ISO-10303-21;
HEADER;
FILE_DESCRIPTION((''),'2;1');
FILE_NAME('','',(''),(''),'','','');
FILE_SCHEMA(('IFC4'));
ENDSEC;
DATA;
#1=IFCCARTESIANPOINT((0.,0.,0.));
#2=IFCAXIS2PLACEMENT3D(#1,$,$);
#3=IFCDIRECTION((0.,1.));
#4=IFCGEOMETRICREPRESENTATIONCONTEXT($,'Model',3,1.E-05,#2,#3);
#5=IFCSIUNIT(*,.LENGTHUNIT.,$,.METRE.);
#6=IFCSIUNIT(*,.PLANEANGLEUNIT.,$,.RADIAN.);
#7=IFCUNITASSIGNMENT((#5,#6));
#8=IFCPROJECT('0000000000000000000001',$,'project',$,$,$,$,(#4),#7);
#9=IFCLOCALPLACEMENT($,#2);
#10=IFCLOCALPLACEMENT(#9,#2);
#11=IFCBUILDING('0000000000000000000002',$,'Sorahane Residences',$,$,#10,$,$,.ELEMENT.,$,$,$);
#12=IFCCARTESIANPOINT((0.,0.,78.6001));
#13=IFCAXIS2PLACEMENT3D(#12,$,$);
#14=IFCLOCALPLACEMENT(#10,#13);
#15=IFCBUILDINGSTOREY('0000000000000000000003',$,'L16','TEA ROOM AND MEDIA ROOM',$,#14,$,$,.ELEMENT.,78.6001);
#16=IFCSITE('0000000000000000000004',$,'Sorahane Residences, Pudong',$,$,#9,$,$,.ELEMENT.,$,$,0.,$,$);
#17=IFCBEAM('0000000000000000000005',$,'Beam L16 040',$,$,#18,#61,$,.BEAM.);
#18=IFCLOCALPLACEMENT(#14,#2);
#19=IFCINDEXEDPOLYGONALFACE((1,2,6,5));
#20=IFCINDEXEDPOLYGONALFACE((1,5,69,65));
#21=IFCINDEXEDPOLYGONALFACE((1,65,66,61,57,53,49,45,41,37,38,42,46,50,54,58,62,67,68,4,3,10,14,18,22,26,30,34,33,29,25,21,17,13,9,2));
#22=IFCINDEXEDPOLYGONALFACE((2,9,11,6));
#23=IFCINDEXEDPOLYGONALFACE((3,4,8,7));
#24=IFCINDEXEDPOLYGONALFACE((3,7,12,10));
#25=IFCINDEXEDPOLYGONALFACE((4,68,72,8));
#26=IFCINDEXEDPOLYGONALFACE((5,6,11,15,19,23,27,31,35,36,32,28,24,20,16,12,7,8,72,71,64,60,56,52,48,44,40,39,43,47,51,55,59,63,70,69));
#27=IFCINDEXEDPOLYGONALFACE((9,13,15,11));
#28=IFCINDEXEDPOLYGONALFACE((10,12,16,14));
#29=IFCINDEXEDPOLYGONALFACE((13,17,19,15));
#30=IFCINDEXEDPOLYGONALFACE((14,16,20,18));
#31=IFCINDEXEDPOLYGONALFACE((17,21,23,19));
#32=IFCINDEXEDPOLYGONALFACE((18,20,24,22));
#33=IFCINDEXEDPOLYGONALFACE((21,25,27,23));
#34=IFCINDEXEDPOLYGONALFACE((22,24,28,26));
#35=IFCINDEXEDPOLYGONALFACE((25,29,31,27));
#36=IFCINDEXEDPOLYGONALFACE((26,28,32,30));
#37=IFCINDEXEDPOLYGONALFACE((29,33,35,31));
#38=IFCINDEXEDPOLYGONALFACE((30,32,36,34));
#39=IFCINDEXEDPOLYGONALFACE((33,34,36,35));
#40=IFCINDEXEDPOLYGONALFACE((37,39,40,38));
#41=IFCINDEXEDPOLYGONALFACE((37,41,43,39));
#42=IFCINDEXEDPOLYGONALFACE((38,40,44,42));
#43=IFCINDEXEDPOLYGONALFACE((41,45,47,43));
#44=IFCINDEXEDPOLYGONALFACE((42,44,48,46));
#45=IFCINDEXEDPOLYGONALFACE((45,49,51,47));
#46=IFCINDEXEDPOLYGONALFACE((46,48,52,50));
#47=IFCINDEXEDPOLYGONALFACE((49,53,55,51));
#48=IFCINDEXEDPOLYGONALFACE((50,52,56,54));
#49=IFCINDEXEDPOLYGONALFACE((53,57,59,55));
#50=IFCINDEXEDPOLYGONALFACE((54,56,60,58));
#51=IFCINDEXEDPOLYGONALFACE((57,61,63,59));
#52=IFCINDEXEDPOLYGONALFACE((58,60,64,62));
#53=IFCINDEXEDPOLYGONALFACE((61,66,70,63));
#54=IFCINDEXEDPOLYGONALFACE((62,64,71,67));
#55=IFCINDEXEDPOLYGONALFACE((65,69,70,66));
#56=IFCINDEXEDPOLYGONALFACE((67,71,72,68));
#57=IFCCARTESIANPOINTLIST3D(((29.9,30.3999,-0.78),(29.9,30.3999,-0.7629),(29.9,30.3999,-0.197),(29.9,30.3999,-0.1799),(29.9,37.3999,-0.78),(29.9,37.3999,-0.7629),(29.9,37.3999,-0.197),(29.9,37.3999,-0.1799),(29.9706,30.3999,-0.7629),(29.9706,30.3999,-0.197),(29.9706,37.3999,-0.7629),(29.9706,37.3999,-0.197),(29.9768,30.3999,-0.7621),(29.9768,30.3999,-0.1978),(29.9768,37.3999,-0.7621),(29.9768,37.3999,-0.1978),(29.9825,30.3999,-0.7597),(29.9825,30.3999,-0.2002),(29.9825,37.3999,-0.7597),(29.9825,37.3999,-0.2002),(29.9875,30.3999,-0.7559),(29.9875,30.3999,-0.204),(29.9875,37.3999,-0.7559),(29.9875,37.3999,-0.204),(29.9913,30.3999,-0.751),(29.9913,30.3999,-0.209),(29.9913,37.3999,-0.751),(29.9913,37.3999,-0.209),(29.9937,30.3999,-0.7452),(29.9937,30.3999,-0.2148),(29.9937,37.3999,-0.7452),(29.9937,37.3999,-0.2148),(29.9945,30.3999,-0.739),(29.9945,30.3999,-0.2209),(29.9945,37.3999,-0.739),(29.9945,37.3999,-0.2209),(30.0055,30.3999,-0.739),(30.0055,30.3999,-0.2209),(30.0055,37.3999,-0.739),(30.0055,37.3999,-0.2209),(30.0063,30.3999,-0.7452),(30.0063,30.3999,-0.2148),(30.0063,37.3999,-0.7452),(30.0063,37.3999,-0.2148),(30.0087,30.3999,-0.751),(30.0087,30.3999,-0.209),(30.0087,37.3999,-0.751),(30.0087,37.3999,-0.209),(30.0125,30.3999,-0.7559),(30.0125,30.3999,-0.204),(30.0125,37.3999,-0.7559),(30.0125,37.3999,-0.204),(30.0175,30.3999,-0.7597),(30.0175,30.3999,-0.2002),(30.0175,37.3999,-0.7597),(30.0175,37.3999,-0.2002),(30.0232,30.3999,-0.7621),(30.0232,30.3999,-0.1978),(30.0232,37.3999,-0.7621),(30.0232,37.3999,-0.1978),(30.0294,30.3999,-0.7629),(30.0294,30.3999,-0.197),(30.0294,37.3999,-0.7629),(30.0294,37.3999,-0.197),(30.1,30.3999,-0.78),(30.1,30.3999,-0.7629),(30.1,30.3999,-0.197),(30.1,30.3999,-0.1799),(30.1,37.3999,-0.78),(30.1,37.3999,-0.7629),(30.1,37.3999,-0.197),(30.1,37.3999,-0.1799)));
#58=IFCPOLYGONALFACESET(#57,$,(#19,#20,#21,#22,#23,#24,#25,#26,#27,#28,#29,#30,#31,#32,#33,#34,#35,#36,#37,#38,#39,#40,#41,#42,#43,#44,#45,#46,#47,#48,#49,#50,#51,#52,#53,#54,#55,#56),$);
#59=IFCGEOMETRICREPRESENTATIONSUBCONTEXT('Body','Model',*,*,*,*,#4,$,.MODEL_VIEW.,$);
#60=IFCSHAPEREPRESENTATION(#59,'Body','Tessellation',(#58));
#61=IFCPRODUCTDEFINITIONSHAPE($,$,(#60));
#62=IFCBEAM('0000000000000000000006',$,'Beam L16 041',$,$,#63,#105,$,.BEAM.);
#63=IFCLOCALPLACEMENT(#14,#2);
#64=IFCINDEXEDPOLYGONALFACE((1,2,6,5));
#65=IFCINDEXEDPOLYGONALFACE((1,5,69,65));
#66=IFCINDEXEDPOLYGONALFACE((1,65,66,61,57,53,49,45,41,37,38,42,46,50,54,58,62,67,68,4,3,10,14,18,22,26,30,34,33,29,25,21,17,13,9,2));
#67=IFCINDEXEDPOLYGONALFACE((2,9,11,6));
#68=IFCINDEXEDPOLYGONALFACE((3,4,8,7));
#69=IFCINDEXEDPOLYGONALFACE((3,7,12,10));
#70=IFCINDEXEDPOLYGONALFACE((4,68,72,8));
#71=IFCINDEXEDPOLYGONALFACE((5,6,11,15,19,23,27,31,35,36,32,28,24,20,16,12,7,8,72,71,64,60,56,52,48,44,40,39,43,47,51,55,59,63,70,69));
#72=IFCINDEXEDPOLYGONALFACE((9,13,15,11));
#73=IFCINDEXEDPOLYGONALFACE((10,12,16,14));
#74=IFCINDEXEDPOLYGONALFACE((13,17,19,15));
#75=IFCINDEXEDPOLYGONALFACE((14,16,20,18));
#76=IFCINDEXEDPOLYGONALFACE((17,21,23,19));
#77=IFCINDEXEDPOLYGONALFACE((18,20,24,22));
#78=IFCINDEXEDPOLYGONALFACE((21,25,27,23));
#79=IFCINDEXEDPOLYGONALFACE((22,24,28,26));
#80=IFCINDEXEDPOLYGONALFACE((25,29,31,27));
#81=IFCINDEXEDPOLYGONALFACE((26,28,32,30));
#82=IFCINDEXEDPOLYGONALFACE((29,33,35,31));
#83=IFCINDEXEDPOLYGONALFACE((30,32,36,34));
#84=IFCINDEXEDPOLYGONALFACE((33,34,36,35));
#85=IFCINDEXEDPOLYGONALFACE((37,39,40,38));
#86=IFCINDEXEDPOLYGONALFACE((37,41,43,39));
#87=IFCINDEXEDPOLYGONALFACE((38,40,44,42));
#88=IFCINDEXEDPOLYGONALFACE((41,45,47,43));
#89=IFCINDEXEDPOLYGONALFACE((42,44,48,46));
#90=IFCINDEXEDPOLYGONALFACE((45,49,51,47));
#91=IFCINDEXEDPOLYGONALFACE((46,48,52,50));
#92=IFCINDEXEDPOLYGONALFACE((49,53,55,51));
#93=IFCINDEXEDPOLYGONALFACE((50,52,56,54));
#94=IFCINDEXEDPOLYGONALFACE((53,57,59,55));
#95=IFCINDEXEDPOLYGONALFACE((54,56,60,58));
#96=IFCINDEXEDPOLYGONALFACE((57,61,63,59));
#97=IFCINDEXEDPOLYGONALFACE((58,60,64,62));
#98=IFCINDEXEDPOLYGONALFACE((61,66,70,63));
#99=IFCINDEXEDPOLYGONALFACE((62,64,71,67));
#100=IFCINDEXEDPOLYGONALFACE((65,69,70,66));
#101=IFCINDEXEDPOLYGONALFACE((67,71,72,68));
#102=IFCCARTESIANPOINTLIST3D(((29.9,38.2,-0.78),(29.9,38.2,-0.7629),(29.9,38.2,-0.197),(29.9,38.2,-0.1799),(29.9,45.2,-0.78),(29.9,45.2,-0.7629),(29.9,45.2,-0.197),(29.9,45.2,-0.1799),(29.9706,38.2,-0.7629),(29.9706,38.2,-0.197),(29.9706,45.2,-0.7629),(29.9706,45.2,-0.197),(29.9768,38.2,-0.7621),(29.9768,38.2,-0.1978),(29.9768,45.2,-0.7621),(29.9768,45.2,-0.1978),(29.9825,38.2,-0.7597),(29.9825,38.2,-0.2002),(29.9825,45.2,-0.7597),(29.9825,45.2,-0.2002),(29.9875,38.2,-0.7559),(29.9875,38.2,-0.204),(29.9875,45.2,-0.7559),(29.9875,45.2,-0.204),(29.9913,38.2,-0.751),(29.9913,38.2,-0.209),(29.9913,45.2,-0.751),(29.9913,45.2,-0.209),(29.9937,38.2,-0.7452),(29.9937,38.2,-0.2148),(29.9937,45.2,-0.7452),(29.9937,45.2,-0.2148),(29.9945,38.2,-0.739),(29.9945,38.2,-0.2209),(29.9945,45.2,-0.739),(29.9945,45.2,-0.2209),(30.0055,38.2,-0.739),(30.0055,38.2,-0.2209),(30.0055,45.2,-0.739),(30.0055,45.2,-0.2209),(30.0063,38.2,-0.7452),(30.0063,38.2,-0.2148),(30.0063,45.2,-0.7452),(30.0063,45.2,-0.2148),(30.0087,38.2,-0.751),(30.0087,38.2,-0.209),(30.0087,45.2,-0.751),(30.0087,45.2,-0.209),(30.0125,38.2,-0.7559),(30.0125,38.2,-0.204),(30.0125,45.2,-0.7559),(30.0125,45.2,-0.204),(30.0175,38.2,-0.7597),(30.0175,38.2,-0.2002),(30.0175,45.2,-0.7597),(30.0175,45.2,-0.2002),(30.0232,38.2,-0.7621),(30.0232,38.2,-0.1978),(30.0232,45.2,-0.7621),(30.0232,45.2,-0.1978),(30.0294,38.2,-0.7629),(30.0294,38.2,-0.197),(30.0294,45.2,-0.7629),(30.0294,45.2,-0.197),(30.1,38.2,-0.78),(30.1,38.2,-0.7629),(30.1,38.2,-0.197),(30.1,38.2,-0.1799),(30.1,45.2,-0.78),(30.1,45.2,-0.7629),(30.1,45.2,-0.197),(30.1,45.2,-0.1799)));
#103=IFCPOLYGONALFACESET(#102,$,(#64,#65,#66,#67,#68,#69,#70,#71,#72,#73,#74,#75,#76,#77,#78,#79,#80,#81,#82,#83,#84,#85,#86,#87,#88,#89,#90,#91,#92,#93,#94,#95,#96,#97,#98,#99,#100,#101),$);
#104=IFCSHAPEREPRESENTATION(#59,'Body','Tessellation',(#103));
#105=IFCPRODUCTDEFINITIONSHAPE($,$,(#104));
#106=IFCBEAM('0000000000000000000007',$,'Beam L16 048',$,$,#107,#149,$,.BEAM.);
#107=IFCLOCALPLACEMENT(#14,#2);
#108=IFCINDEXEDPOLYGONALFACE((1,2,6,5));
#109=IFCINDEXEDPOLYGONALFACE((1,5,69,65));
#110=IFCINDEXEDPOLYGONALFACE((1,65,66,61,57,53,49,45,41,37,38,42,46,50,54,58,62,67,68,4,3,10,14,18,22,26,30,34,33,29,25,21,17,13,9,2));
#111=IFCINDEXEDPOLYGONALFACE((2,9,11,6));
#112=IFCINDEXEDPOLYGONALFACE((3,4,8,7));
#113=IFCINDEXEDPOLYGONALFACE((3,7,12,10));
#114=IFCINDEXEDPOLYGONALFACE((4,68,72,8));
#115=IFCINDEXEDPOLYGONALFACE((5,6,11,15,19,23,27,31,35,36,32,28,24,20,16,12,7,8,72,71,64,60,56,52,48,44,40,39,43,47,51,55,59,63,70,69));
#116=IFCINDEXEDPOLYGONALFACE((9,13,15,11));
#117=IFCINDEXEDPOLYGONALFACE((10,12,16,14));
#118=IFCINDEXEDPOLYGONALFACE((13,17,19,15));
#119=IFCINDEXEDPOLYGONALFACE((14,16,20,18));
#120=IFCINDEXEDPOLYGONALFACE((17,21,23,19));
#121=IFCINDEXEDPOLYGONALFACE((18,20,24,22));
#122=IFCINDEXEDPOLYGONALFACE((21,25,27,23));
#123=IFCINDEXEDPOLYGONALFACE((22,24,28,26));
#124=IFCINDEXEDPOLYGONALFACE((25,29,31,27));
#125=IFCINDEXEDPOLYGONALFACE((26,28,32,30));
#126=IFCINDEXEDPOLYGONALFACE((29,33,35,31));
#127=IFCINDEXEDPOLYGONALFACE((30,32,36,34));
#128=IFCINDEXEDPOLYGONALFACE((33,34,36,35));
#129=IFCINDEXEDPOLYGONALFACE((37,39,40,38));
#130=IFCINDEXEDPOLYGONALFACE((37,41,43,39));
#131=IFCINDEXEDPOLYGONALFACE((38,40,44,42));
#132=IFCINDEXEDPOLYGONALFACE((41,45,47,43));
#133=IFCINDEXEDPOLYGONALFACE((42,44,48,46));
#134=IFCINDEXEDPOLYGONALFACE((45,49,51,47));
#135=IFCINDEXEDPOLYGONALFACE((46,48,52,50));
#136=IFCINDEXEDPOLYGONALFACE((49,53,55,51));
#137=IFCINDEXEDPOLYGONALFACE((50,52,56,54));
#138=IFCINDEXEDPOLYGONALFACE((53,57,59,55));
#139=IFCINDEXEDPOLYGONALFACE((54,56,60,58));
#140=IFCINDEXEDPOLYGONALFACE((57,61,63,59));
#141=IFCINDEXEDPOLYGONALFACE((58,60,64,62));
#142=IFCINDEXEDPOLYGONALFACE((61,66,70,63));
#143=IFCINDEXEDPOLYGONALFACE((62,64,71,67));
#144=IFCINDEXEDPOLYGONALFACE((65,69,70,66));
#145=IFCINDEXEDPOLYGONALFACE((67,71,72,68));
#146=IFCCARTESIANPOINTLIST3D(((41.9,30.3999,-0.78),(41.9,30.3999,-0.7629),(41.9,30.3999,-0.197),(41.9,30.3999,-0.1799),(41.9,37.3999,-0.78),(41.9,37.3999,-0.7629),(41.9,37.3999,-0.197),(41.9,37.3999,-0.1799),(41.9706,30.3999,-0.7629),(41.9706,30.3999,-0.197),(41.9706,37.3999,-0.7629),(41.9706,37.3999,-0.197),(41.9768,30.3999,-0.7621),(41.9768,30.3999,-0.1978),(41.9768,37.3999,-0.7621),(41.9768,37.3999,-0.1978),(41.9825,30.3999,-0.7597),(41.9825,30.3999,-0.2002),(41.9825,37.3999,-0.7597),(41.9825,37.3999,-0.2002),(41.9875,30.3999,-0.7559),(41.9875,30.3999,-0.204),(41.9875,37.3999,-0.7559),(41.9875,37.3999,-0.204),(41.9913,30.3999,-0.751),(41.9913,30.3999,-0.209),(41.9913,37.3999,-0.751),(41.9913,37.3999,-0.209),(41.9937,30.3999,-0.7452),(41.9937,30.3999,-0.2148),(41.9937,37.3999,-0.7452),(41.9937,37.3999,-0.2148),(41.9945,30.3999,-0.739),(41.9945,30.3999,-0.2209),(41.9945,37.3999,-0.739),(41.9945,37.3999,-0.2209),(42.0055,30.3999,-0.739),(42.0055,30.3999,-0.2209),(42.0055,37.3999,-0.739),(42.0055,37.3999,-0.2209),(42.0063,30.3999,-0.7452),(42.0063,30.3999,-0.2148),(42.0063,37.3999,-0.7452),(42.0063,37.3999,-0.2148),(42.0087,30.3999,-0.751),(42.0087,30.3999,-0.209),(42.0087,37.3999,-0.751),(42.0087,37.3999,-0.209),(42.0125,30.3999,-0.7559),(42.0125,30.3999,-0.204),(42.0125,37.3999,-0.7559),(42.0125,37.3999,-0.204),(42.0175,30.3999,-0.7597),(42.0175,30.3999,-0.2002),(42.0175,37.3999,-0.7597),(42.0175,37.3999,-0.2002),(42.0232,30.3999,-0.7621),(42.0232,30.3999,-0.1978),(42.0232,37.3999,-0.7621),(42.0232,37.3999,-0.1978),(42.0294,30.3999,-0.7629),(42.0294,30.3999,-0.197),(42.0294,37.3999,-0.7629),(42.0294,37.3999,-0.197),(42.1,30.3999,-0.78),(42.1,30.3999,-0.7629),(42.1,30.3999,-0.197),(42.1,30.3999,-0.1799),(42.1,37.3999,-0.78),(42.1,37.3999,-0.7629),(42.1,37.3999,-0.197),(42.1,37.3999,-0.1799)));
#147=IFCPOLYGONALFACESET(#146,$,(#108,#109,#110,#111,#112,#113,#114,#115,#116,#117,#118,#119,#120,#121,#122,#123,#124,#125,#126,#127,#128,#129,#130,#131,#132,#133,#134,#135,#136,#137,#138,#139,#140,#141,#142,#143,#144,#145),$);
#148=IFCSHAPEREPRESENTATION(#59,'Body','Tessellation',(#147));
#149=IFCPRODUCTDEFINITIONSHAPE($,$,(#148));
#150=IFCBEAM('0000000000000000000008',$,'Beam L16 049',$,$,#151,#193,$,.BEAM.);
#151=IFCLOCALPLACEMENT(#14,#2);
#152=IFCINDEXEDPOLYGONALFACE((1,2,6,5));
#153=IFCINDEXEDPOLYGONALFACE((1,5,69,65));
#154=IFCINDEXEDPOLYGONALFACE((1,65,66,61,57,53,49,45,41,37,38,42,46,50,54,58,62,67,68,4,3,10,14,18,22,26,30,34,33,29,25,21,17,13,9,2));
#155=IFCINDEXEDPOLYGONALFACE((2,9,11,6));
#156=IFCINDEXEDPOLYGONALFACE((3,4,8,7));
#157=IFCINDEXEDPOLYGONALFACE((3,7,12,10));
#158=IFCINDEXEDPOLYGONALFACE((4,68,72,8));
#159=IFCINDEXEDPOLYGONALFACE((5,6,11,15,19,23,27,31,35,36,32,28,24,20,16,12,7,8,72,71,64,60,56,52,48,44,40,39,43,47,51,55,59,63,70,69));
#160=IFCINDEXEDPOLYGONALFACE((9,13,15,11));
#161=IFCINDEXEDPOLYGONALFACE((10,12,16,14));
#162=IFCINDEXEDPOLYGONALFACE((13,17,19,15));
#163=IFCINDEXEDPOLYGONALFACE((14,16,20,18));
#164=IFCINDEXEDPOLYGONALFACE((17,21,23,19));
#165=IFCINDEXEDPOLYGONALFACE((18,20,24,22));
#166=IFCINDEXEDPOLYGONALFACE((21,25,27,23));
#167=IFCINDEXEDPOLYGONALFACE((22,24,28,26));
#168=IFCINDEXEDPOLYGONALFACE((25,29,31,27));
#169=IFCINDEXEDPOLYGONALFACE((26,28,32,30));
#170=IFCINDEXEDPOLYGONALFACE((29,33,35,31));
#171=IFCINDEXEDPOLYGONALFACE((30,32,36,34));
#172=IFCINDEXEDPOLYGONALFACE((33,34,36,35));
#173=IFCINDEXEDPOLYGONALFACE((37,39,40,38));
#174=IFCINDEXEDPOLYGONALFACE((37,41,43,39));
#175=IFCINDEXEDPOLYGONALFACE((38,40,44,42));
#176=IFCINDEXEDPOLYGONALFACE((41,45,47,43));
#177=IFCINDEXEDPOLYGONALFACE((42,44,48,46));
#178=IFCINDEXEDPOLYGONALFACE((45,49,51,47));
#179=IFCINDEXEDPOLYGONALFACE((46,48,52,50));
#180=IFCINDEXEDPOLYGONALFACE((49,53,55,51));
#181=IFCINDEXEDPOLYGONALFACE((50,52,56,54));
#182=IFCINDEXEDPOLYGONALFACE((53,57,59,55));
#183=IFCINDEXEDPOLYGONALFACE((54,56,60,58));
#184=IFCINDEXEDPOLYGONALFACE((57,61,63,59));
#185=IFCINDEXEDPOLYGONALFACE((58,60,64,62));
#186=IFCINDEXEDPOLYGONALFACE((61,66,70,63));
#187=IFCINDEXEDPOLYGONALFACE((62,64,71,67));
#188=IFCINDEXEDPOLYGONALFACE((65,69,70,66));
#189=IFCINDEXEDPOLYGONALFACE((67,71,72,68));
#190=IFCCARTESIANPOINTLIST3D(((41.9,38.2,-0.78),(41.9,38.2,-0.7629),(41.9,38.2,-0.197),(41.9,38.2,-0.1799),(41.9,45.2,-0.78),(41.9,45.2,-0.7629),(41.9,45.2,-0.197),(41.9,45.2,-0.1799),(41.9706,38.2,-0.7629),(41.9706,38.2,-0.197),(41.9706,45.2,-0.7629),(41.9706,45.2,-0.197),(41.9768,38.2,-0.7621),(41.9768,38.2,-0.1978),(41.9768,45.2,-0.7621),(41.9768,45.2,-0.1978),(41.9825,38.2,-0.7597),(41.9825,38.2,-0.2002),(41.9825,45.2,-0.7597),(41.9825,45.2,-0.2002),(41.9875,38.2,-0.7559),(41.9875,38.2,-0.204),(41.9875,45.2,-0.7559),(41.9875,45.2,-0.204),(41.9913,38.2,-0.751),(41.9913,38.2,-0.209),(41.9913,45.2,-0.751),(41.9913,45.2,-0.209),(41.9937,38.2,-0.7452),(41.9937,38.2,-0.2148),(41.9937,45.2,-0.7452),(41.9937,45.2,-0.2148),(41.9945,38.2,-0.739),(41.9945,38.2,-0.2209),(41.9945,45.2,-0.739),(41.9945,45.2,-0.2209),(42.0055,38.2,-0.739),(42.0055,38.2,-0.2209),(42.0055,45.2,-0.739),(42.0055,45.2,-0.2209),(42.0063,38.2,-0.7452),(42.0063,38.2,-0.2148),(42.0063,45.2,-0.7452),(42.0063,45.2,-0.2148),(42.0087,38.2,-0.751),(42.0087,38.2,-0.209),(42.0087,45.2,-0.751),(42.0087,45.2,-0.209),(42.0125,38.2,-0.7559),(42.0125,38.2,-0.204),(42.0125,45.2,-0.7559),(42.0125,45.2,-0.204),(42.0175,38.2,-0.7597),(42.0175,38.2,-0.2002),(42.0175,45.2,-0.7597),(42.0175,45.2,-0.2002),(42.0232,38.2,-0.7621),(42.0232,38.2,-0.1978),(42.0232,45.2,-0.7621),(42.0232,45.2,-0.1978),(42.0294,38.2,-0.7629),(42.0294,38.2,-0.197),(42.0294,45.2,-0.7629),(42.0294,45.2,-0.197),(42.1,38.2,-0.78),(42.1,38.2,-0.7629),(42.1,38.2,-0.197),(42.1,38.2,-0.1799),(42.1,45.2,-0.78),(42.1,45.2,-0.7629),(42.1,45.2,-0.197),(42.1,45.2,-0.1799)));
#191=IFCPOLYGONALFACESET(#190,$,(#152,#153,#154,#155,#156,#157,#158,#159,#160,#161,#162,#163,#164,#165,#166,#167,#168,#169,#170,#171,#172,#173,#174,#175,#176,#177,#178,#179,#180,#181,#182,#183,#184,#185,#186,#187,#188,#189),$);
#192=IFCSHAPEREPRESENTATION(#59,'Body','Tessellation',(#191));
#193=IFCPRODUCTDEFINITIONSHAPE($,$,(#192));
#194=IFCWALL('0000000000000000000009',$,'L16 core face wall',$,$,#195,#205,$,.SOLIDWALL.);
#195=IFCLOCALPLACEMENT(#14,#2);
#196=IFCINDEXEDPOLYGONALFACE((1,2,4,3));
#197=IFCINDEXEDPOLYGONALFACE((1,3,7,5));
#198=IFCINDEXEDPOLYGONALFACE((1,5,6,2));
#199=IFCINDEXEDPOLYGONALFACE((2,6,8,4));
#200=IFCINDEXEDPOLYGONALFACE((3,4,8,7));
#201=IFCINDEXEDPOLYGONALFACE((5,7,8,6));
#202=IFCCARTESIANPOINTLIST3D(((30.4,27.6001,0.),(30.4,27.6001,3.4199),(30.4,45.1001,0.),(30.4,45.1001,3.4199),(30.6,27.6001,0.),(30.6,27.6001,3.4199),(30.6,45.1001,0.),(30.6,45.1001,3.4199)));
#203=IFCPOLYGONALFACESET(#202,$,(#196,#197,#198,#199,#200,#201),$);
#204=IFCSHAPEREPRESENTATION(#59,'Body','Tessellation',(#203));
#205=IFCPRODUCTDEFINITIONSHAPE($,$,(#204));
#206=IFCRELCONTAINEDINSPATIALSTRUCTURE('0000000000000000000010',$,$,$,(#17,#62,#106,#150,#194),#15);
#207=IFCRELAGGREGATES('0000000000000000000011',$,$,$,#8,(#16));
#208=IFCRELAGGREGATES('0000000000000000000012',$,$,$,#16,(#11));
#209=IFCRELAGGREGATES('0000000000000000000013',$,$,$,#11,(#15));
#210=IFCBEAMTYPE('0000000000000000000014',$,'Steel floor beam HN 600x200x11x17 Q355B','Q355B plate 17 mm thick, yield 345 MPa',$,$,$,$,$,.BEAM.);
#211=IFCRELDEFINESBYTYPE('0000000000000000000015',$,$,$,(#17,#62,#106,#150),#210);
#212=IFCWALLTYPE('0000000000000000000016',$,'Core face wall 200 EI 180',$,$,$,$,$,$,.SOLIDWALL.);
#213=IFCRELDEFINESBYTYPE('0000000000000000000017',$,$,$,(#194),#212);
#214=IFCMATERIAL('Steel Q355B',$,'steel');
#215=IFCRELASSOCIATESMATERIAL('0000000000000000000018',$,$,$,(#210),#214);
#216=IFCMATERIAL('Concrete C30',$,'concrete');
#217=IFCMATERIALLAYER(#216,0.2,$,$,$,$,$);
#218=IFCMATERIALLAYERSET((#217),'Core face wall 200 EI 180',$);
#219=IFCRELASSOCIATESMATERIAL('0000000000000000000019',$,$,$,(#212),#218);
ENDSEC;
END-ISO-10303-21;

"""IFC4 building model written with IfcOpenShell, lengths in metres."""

from ifc_helpers import new_model, si_unit, direction, frame, frame_2d, origin, origin_2d, place, context, subcontext, project, spatial, rectangle, i_section, extrude, material, layer, layer_set, material_profile, profile_set, type_object, element, save


model = new_model("IFC4")

# Units and contexts
model_context = context("Model", 3, precision=1e-05, world=origin(), true_north=direction((0.0, 1.0)))
body_context = subcontext(model_context, "Body", "Model", "MODEL_VIEW")
ifc_project = project(units=[si_unit("LENGTHUNIT", "METRE"), si_unit("PLANEANGLEUNIT", "RADIAN")], contexts=[model_context])

# Site, building, storey
site_placement = place(None, origin())
site = spatial("IfcSite", under=ifc_project, at=site_placement, Name="Sorahane Residences, Pudong", CompositionType="ELEMENT", RefElevation=0.0)
building_placement = place(site_placement, origin())
building = spatial("IfcBuilding", under=site, at=building_placement, Name="Sorahane Residences", CompositionType="ELEMENT")
storey_placement = place(building_placement, frame((0.0, 0.0, 78.6001)))
storey = spatial("IfcBuildingStorey", under=building, at=storey_placement, Name="L16", Description="TEA ROOM AND MEDIA ROOM", CompositionType="ELEMENT", Elevation=78.6001)

# Beams
ifc_material_1 = material(Name="Steel Q355B", Category="steel")
ifc_material_profile_1 = material_profile(ifc_material_1, i_section(OverallWidth=0.2, OverallDepth=0.6001, WebThickness=0.011, FlangeThickness=0.0171, FilletRadius=0.0239, at=origin_2d()), Name="HN 600x200x11x17")
ifc_profile_set_1 = profile_set([ifc_material_profile_1], Name="Steel Q355B")
beam_type_1 = type_object("IfcBeamType", Name="Steel floor beam HN 600x200x11x17 Q355B", Description="Q355B plate 17 mm thick, yield 345 MPa", PredefinedType="BEAM", material=ifc_profile_set_1)
for number, where, z_axis, x_axis, name in (
    (1, (30.0, 30.3999, -0.48), (0.0, 1.0, 0.0), (-1.0, 0.0, 0.0), "Beam L16 040"),
    (2, (30.0, 38.2, -0.48), (0.0, 1.0, 0.0), (-1.0, 0.0, 0.0), "Beam L16 041"),
    (3, (42.0, 30.3999, -0.48), (0.0, 1.0, 0.0), (-1.0, 0.0, 0.0), "Beam L16 048"),
    (4, (42.0, 38.2, -0.48), (0.0, 1.0, 0.0), (-1.0, 0.0, 0.0), "Beam L16 049"),
):
    element("IfcBeam", number, at=place(storey_placement, frame(where, z_axis=z_axis, x_axis=x_axis)), inside=storey, type_object=beam_type_1, Name=name, PredefinedType="BEAM", context=body_context, shape_type="SweptSolid", body=[
        extrude(i_section(OverallWidth=0.2, OverallDepth=0.6001, WebThickness=0.011, FlangeThickness=0.0171, FilletRadius=0.0239, at=origin_2d()), origin(), (0.0, 0.0, 1.0), 7.0),
    ])

# Wall
ifc_material_2 = material(Name="Concrete C30", Category="concrete")
ifc_layer_1 = layer(ifc_material_2, 0.2)
ifc_layer_set_1 = layer_set([ifc_layer_1], Name="Core face wall 200 EI 180")
wall_type_1 = type_object("IfcWallType", Name="Core face wall 200 EI 180", PredefinedType="SOLIDWALL", material=ifc_layer_set_1)
wall_1_placement = place(storey_placement, frame((30.5, 27.6001, 0.0), z_axis=(0.0, 0.0, 1.0), x_axis=(0.0, 1.0, 0.0)))
element("IfcWall", 5, at=wall_1_placement, inside=storey, type_object=wall_type_1, Name="L16 core face wall", PredefinedType="SOLIDWALL", context=body_context, shape_type="SweptSolid", body=[
    extrude(rectangle(XDim=17.5, YDim=0.2, at=frame_2d((8.75, 0.0))), origin(), (0.0, 0.0, 1.0), 3.4199),
])

save(model, "model.ifc")
